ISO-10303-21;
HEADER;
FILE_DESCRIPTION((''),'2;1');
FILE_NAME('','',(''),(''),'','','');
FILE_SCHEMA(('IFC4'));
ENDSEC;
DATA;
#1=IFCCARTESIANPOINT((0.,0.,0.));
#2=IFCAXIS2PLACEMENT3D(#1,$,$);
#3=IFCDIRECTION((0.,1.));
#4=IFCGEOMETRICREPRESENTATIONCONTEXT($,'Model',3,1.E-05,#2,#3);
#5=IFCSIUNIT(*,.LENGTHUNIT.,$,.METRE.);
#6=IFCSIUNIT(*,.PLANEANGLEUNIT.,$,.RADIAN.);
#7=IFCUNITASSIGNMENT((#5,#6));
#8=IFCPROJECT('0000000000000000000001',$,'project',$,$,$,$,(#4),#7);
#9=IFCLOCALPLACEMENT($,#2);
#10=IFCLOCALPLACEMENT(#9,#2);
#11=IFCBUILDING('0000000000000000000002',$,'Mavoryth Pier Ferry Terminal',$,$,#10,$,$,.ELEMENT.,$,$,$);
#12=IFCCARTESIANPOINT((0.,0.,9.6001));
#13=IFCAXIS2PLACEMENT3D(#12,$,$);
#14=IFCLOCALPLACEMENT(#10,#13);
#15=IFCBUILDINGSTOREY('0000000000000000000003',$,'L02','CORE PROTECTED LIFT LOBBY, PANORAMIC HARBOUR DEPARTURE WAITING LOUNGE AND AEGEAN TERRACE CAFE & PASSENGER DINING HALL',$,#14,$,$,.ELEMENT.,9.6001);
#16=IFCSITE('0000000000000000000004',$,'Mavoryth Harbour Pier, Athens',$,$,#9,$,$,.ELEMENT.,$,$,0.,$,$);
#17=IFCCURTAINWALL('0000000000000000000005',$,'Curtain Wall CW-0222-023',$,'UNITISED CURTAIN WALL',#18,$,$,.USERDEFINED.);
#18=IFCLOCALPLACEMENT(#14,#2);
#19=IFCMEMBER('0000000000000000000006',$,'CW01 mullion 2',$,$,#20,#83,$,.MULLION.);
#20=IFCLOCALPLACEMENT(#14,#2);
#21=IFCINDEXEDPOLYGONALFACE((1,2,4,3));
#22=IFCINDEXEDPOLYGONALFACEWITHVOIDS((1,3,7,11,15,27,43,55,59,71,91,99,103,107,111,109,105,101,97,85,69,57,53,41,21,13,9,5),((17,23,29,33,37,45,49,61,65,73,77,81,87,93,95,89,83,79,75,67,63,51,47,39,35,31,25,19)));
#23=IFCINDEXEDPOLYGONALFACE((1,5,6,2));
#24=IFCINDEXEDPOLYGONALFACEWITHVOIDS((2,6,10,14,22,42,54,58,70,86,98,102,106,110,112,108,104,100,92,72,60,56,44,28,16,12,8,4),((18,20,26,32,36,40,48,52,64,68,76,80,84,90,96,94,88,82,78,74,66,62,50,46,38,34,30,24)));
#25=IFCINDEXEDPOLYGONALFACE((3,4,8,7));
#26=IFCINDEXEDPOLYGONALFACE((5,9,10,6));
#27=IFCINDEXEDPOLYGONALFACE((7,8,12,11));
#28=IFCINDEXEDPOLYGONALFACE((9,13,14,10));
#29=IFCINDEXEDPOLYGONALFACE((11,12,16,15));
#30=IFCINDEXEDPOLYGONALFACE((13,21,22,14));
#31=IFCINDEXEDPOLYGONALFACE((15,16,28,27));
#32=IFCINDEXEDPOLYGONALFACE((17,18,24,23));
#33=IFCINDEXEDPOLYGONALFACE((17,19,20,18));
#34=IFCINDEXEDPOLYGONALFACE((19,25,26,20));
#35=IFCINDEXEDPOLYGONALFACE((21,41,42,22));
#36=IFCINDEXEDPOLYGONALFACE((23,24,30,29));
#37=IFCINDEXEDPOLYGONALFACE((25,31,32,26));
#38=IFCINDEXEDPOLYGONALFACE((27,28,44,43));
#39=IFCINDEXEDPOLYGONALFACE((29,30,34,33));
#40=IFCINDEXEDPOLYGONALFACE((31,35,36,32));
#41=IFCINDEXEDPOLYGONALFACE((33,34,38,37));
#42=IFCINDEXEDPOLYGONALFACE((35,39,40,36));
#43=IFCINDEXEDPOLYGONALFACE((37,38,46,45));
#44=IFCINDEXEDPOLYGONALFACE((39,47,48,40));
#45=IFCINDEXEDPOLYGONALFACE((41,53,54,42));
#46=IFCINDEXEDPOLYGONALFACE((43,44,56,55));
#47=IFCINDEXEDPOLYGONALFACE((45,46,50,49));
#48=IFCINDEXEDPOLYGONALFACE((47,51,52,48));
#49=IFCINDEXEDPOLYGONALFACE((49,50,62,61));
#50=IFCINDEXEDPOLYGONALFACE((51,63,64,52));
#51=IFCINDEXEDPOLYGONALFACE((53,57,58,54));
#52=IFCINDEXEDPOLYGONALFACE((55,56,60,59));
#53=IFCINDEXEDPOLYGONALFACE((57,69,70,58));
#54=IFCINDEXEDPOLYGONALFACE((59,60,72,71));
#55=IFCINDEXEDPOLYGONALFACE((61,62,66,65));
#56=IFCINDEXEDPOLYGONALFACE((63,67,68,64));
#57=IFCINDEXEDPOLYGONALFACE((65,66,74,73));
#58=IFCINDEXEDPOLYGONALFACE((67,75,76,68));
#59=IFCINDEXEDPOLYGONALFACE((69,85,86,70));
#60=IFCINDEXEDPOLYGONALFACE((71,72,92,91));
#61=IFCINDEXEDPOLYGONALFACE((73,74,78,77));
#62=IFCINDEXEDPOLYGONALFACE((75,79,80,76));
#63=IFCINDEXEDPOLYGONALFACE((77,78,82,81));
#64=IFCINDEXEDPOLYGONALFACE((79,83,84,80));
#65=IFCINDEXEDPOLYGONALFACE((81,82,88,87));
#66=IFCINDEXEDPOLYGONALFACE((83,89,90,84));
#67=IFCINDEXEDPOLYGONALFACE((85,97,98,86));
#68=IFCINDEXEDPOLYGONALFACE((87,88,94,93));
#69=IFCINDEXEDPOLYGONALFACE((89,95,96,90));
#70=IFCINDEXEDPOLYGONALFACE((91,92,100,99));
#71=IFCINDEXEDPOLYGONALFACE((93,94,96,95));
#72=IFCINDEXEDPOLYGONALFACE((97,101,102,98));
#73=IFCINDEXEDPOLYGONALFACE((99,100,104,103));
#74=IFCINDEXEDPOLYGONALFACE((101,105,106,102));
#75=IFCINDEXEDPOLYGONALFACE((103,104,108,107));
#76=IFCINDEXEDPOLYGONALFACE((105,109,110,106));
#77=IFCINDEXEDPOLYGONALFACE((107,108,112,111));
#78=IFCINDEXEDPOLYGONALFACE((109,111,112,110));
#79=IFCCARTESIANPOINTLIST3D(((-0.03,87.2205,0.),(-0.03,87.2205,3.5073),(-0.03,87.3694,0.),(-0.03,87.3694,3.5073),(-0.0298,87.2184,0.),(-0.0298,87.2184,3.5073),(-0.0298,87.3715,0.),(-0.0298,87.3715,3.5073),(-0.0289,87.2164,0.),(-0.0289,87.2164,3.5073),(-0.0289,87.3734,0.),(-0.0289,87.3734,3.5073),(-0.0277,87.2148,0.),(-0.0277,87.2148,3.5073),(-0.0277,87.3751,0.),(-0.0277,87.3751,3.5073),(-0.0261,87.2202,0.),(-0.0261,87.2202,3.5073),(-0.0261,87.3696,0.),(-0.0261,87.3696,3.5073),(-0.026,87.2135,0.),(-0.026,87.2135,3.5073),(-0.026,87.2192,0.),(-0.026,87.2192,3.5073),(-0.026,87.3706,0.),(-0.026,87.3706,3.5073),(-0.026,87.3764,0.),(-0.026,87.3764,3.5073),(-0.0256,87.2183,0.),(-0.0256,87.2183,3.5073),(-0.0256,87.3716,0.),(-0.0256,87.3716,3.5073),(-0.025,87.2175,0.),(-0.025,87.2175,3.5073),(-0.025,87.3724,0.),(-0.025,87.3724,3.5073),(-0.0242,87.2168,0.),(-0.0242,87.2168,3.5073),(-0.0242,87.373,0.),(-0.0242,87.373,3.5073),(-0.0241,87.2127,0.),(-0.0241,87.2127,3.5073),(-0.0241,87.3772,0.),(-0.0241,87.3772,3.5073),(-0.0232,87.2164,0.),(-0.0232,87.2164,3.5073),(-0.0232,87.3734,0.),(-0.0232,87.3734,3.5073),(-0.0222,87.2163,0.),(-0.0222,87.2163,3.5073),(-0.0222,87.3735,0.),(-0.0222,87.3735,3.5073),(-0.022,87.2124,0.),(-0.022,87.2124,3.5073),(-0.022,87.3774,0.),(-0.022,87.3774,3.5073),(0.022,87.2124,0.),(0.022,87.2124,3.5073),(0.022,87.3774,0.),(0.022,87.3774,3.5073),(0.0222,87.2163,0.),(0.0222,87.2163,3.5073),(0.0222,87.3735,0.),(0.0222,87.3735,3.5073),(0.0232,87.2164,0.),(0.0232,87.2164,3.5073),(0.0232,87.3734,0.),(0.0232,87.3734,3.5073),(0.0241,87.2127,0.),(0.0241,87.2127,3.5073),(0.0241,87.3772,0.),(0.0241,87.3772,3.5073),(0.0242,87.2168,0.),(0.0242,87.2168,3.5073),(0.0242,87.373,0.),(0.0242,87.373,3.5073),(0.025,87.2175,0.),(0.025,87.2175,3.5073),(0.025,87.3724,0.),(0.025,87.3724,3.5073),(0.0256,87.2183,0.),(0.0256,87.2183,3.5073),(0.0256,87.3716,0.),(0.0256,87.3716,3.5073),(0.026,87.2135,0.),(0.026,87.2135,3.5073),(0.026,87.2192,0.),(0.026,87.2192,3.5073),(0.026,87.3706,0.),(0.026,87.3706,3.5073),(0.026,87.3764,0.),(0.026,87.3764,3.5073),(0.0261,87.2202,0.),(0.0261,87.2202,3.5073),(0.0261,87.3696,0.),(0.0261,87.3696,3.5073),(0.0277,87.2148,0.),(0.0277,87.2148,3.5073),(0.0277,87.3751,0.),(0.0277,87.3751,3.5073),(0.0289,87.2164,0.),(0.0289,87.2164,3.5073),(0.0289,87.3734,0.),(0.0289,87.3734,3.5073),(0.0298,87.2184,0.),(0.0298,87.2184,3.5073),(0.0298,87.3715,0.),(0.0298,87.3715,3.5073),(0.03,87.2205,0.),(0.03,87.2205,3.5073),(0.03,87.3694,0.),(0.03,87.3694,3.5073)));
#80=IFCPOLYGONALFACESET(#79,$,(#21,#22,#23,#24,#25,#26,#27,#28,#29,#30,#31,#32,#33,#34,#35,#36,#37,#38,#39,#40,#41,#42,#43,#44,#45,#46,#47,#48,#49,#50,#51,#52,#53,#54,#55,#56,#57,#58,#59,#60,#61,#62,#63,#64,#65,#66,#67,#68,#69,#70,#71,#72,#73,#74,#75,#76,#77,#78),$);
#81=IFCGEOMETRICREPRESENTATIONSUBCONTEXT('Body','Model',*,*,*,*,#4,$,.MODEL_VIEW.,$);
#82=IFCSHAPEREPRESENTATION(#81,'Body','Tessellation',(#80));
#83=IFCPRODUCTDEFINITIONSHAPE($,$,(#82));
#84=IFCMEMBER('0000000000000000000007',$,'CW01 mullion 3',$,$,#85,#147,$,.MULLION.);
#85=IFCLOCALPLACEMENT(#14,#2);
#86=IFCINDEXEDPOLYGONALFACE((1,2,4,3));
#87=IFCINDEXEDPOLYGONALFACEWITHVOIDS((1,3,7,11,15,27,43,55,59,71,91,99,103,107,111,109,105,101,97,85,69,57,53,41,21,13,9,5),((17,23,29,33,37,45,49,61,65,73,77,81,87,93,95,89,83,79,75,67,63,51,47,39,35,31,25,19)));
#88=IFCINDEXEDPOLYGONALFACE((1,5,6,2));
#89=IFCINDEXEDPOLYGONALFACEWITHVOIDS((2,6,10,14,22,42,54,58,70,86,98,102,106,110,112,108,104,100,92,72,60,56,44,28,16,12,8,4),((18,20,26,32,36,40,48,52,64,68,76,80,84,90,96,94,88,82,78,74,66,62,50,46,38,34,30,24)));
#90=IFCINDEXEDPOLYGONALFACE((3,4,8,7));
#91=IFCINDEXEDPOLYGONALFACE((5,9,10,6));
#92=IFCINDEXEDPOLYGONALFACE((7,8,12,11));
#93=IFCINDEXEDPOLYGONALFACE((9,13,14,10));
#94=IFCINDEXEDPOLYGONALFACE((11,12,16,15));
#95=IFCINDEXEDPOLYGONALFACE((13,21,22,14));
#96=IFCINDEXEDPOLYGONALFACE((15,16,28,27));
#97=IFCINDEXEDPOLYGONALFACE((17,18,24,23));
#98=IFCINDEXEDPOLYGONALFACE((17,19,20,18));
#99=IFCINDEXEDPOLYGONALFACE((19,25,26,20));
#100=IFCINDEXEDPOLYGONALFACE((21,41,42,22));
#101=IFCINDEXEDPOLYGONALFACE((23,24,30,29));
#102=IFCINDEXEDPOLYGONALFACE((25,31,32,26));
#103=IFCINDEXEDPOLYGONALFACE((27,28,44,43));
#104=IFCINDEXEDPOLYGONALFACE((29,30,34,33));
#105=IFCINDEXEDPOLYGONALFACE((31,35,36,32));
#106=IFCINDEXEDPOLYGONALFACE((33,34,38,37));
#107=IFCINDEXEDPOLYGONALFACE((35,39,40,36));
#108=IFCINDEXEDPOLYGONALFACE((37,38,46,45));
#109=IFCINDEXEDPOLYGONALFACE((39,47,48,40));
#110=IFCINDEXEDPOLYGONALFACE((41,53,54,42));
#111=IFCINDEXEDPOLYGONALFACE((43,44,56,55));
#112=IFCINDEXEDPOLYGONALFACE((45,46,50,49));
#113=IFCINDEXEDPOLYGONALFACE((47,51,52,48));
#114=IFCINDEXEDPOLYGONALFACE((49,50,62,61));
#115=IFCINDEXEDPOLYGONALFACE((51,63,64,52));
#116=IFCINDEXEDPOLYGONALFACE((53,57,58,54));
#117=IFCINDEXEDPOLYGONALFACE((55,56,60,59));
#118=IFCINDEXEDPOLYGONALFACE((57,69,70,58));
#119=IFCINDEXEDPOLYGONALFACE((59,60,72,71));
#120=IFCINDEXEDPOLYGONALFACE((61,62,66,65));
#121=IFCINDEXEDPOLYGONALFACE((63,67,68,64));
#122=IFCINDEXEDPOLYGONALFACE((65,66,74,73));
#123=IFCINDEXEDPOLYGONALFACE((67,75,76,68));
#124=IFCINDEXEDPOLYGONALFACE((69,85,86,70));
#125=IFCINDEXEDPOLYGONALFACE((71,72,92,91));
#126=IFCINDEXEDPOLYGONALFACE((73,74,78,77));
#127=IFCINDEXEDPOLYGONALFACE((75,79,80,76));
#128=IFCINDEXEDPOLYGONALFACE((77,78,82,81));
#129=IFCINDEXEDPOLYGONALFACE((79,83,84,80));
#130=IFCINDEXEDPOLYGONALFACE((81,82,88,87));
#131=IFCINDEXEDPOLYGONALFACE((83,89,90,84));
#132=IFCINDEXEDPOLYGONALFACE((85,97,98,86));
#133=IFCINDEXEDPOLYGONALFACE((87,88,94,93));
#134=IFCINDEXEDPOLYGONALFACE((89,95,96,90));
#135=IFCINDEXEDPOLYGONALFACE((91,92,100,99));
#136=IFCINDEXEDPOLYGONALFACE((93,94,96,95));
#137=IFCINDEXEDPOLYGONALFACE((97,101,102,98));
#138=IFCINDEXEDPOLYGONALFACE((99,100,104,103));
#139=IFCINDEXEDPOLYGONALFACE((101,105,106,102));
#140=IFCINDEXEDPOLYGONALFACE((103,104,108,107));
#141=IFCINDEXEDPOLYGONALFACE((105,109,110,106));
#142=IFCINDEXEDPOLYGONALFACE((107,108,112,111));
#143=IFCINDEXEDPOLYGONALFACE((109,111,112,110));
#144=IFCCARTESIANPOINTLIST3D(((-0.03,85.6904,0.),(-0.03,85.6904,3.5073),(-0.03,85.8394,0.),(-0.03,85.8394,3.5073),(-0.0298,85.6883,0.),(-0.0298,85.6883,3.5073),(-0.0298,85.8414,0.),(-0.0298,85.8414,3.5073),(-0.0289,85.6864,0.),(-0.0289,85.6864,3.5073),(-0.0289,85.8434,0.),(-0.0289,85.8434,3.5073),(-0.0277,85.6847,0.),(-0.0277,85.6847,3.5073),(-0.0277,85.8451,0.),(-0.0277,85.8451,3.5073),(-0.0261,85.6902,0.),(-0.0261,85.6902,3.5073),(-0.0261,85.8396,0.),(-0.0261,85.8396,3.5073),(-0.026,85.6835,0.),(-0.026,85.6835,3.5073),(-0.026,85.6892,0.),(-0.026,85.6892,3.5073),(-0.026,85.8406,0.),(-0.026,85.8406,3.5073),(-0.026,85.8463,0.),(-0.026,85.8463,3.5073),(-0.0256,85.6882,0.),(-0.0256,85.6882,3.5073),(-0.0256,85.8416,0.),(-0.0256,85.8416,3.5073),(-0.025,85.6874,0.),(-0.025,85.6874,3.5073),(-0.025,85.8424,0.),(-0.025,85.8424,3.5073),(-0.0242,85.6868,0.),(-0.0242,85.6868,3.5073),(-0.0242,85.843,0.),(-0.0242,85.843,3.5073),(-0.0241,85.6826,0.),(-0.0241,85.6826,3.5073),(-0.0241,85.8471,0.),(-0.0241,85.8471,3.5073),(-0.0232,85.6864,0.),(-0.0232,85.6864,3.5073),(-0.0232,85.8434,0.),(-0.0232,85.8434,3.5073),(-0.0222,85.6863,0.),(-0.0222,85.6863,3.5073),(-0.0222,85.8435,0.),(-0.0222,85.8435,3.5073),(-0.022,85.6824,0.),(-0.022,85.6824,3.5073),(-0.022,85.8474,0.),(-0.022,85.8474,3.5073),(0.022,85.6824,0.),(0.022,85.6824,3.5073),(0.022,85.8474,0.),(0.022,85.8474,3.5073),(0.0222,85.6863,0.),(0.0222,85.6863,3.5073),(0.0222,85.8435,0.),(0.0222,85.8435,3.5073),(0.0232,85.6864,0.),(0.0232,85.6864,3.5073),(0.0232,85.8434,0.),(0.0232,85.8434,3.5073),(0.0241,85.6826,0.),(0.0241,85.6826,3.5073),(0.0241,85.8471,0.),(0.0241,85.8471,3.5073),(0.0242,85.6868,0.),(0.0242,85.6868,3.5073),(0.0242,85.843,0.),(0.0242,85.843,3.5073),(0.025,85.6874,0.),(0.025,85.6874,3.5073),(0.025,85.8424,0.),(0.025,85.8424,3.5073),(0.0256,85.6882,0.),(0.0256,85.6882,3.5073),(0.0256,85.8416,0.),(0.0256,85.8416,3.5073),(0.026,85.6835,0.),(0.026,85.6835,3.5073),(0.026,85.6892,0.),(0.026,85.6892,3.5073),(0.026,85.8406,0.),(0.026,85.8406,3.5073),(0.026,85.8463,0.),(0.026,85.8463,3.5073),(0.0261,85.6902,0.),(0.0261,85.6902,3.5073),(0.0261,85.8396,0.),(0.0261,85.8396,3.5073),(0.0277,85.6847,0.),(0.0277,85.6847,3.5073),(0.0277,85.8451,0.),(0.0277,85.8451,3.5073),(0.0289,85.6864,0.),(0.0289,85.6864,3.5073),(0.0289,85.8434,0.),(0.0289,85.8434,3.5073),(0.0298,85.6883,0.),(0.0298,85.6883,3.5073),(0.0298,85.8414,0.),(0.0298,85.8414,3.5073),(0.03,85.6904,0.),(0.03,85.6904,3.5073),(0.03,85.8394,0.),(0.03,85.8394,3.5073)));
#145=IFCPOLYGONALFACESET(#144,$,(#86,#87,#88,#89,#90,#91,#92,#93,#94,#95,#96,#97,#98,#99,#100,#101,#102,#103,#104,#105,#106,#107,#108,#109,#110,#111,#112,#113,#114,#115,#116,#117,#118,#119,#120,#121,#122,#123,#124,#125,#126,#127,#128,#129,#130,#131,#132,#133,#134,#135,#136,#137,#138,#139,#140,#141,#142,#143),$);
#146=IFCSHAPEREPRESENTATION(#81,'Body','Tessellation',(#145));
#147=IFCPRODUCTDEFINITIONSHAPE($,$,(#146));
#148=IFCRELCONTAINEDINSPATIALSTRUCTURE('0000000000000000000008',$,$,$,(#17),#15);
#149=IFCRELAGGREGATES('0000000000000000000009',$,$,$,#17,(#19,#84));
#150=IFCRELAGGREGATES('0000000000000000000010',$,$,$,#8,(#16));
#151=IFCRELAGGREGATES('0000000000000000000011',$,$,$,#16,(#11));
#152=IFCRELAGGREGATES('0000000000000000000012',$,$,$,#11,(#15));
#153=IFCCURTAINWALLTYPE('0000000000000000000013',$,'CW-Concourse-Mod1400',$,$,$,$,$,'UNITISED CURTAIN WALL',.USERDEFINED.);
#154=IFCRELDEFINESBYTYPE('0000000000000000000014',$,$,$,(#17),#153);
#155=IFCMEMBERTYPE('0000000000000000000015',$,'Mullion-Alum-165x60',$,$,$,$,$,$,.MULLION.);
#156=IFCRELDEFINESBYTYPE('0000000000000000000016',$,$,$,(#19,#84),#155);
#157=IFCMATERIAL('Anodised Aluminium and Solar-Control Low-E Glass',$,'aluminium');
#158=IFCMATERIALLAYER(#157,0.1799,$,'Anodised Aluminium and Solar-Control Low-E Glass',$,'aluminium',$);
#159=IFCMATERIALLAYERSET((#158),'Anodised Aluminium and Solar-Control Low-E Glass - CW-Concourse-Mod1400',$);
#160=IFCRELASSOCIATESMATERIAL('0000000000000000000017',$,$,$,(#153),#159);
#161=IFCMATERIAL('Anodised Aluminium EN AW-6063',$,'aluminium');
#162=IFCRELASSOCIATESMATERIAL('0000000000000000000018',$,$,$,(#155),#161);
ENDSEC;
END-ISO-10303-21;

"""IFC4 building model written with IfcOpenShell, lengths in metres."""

from ifc_helpers import new_model, si_unit, direction, frame, origin, origin_2d, place, context, subcontext, project, spatial, hollow_rectangle, extrude, material, layer, layer_set, material_profile, profile_set, type_object, element, aggregate, save


model = new_model("IFC4")

# Units and contexts
model_context = context("Model", 3, precision=1e-05, world=origin(), true_north=direction((0.0, 1.0)))
body_context = subcontext(model_context, "Body", "Model", "MODEL_VIEW")
ifc_project = project(units=[si_unit("LENGTHUNIT", "METRE"), si_unit("PLANEANGLEUNIT", "RADIAN")], contexts=[model_context])

# Site, building, storey
site_placement = place(None, origin())
site = spatial("IfcSite", under=ifc_project, at=site_placement, Name="Mavoryth Harbour Pier, Athens", CompositionType="ELEMENT", RefElevation=0.0)
building_placement = place(site_placement, origin())
building = spatial("IfcBuilding", under=site, at=building_placement, Name="Mavoryth Pier Ferry Terminal", CompositionType="ELEMENT")
storey_placement = place(building_placement, frame((0.0, 0.0, 9.6001)))
storey = spatial("IfcBuildingStorey", under=building, at=storey_placement, Name="L02", Description="CORE PROTECTED LIFT LOBBY, PANORAMIC HARBOUR DEPARTURE WAITING LOUNGE AND AEGEAN TERRACE CAFE & PASSENGER DINING HALL", CompositionType="ELEMENT", Elevation=9.6001)

# Curtain wall, members
ifc_material_1 = material(Name="Anodised Aluminium and Solar-Control Low-E Glass", Category="aluminium")
ifc_layer_1 = layer(ifc_material_1, 0.1799, Name="Anodised Aluminium and Solar-Control Low-E Glass", Category="aluminium")
ifc_layer_set_1 = layer_set([ifc_layer_1], Name="Anodised Aluminium and Solar-Control Low-E Glass - CW-Concourse-Mod1400")
curtain_wall_type = type_object("IfcCurtainWallType", Name="CW-Concourse-Mod1400", ElementType="UNITISED CURTAIN WALL", PredefinedType="USERDEFINED", material=ifc_layer_set_1)
curtain_wall_placement = place(storey_placement, origin())
curtain_wall = element("IfcCurtainWall", 1, at=curtain_wall_placement, inside=storey, type_object=curtain_wall_type, Name="Curtain Wall CW-0222-023", ObjectType="UNITISED CURTAIN WALL", PredefinedType="USERDEFINED")
ifc_material_2 = material(Name="Anodised Aluminium EN AW-6063", Category="aluminium")
ifc_material_profile_1 = material_profile(ifc_material_2, hollow_rectangle(XDim=0.0601, YDim=0.165, WallThickness=0.0039, InnerFilletRadius=0.0039, OuterFilletRadius=0.0081, at=origin_2d()), Name="AL-MULL 165x60x4", Category="aluminium")
ifc_profile_set_1 = profile_set([ifc_material_profile_1], Name="Anodised Aluminium EN AW-6063 - AL-MULL 165x60x4")
member_type_1 = type_object("IfcMemberType", Name="Mullion-Alum-165x60", PredefinedType="MULLION", material=ifc_profile_set_1)
member_1_placement = place(storey_placement, frame((0.0, 87.2949, 0.0), z_axis=(0.0, 0.0, 1.0), x_axis=(1.0, 0.0, 0.0)))
member_1 = element("IfcMember", 2, at=member_1_placement, type_object=member_type_1, Name="CW01 mullion 2", PredefinedType="MULLION", context=body_context, shape_type="SweptSolid", body=[
    extrude(hollow_rectangle(XDim=0.0601, YDim=0.165, WallThickness=0.0039, InnerFilletRadius=0.0039, OuterFilletRadius=0.0081, at=origin_2d()), origin(), (0.0, 0.0, 1.0), 3.5073),
])
member_2_placement = place(storey_placement, frame((0.0, 85.7649, 0.0), z_axis=(0.0, 0.0, 1.0), x_axis=(1.0, 0.0, 0.0)))
member_2 = element("IfcMember", 3, at=member_2_placement, type_object=member_type_1, Name="CW01 mullion 3", PredefinedType="MULLION", context=body_context, shape_type="SweptSolid", body=[
    extrude(hollow_rectangle(XDim=0.0601, YDim=0.165, WallThickness=0.0039, InnerFilletRadius=0.0039, OuterFilletRadius=0.0081, at=origin_2d()), origin(), (0.0, 0.0, 1.0), 3.5073),
])

aggregate(curtain_wall, [member_1, member_2])

save(model, "model.ifc")
